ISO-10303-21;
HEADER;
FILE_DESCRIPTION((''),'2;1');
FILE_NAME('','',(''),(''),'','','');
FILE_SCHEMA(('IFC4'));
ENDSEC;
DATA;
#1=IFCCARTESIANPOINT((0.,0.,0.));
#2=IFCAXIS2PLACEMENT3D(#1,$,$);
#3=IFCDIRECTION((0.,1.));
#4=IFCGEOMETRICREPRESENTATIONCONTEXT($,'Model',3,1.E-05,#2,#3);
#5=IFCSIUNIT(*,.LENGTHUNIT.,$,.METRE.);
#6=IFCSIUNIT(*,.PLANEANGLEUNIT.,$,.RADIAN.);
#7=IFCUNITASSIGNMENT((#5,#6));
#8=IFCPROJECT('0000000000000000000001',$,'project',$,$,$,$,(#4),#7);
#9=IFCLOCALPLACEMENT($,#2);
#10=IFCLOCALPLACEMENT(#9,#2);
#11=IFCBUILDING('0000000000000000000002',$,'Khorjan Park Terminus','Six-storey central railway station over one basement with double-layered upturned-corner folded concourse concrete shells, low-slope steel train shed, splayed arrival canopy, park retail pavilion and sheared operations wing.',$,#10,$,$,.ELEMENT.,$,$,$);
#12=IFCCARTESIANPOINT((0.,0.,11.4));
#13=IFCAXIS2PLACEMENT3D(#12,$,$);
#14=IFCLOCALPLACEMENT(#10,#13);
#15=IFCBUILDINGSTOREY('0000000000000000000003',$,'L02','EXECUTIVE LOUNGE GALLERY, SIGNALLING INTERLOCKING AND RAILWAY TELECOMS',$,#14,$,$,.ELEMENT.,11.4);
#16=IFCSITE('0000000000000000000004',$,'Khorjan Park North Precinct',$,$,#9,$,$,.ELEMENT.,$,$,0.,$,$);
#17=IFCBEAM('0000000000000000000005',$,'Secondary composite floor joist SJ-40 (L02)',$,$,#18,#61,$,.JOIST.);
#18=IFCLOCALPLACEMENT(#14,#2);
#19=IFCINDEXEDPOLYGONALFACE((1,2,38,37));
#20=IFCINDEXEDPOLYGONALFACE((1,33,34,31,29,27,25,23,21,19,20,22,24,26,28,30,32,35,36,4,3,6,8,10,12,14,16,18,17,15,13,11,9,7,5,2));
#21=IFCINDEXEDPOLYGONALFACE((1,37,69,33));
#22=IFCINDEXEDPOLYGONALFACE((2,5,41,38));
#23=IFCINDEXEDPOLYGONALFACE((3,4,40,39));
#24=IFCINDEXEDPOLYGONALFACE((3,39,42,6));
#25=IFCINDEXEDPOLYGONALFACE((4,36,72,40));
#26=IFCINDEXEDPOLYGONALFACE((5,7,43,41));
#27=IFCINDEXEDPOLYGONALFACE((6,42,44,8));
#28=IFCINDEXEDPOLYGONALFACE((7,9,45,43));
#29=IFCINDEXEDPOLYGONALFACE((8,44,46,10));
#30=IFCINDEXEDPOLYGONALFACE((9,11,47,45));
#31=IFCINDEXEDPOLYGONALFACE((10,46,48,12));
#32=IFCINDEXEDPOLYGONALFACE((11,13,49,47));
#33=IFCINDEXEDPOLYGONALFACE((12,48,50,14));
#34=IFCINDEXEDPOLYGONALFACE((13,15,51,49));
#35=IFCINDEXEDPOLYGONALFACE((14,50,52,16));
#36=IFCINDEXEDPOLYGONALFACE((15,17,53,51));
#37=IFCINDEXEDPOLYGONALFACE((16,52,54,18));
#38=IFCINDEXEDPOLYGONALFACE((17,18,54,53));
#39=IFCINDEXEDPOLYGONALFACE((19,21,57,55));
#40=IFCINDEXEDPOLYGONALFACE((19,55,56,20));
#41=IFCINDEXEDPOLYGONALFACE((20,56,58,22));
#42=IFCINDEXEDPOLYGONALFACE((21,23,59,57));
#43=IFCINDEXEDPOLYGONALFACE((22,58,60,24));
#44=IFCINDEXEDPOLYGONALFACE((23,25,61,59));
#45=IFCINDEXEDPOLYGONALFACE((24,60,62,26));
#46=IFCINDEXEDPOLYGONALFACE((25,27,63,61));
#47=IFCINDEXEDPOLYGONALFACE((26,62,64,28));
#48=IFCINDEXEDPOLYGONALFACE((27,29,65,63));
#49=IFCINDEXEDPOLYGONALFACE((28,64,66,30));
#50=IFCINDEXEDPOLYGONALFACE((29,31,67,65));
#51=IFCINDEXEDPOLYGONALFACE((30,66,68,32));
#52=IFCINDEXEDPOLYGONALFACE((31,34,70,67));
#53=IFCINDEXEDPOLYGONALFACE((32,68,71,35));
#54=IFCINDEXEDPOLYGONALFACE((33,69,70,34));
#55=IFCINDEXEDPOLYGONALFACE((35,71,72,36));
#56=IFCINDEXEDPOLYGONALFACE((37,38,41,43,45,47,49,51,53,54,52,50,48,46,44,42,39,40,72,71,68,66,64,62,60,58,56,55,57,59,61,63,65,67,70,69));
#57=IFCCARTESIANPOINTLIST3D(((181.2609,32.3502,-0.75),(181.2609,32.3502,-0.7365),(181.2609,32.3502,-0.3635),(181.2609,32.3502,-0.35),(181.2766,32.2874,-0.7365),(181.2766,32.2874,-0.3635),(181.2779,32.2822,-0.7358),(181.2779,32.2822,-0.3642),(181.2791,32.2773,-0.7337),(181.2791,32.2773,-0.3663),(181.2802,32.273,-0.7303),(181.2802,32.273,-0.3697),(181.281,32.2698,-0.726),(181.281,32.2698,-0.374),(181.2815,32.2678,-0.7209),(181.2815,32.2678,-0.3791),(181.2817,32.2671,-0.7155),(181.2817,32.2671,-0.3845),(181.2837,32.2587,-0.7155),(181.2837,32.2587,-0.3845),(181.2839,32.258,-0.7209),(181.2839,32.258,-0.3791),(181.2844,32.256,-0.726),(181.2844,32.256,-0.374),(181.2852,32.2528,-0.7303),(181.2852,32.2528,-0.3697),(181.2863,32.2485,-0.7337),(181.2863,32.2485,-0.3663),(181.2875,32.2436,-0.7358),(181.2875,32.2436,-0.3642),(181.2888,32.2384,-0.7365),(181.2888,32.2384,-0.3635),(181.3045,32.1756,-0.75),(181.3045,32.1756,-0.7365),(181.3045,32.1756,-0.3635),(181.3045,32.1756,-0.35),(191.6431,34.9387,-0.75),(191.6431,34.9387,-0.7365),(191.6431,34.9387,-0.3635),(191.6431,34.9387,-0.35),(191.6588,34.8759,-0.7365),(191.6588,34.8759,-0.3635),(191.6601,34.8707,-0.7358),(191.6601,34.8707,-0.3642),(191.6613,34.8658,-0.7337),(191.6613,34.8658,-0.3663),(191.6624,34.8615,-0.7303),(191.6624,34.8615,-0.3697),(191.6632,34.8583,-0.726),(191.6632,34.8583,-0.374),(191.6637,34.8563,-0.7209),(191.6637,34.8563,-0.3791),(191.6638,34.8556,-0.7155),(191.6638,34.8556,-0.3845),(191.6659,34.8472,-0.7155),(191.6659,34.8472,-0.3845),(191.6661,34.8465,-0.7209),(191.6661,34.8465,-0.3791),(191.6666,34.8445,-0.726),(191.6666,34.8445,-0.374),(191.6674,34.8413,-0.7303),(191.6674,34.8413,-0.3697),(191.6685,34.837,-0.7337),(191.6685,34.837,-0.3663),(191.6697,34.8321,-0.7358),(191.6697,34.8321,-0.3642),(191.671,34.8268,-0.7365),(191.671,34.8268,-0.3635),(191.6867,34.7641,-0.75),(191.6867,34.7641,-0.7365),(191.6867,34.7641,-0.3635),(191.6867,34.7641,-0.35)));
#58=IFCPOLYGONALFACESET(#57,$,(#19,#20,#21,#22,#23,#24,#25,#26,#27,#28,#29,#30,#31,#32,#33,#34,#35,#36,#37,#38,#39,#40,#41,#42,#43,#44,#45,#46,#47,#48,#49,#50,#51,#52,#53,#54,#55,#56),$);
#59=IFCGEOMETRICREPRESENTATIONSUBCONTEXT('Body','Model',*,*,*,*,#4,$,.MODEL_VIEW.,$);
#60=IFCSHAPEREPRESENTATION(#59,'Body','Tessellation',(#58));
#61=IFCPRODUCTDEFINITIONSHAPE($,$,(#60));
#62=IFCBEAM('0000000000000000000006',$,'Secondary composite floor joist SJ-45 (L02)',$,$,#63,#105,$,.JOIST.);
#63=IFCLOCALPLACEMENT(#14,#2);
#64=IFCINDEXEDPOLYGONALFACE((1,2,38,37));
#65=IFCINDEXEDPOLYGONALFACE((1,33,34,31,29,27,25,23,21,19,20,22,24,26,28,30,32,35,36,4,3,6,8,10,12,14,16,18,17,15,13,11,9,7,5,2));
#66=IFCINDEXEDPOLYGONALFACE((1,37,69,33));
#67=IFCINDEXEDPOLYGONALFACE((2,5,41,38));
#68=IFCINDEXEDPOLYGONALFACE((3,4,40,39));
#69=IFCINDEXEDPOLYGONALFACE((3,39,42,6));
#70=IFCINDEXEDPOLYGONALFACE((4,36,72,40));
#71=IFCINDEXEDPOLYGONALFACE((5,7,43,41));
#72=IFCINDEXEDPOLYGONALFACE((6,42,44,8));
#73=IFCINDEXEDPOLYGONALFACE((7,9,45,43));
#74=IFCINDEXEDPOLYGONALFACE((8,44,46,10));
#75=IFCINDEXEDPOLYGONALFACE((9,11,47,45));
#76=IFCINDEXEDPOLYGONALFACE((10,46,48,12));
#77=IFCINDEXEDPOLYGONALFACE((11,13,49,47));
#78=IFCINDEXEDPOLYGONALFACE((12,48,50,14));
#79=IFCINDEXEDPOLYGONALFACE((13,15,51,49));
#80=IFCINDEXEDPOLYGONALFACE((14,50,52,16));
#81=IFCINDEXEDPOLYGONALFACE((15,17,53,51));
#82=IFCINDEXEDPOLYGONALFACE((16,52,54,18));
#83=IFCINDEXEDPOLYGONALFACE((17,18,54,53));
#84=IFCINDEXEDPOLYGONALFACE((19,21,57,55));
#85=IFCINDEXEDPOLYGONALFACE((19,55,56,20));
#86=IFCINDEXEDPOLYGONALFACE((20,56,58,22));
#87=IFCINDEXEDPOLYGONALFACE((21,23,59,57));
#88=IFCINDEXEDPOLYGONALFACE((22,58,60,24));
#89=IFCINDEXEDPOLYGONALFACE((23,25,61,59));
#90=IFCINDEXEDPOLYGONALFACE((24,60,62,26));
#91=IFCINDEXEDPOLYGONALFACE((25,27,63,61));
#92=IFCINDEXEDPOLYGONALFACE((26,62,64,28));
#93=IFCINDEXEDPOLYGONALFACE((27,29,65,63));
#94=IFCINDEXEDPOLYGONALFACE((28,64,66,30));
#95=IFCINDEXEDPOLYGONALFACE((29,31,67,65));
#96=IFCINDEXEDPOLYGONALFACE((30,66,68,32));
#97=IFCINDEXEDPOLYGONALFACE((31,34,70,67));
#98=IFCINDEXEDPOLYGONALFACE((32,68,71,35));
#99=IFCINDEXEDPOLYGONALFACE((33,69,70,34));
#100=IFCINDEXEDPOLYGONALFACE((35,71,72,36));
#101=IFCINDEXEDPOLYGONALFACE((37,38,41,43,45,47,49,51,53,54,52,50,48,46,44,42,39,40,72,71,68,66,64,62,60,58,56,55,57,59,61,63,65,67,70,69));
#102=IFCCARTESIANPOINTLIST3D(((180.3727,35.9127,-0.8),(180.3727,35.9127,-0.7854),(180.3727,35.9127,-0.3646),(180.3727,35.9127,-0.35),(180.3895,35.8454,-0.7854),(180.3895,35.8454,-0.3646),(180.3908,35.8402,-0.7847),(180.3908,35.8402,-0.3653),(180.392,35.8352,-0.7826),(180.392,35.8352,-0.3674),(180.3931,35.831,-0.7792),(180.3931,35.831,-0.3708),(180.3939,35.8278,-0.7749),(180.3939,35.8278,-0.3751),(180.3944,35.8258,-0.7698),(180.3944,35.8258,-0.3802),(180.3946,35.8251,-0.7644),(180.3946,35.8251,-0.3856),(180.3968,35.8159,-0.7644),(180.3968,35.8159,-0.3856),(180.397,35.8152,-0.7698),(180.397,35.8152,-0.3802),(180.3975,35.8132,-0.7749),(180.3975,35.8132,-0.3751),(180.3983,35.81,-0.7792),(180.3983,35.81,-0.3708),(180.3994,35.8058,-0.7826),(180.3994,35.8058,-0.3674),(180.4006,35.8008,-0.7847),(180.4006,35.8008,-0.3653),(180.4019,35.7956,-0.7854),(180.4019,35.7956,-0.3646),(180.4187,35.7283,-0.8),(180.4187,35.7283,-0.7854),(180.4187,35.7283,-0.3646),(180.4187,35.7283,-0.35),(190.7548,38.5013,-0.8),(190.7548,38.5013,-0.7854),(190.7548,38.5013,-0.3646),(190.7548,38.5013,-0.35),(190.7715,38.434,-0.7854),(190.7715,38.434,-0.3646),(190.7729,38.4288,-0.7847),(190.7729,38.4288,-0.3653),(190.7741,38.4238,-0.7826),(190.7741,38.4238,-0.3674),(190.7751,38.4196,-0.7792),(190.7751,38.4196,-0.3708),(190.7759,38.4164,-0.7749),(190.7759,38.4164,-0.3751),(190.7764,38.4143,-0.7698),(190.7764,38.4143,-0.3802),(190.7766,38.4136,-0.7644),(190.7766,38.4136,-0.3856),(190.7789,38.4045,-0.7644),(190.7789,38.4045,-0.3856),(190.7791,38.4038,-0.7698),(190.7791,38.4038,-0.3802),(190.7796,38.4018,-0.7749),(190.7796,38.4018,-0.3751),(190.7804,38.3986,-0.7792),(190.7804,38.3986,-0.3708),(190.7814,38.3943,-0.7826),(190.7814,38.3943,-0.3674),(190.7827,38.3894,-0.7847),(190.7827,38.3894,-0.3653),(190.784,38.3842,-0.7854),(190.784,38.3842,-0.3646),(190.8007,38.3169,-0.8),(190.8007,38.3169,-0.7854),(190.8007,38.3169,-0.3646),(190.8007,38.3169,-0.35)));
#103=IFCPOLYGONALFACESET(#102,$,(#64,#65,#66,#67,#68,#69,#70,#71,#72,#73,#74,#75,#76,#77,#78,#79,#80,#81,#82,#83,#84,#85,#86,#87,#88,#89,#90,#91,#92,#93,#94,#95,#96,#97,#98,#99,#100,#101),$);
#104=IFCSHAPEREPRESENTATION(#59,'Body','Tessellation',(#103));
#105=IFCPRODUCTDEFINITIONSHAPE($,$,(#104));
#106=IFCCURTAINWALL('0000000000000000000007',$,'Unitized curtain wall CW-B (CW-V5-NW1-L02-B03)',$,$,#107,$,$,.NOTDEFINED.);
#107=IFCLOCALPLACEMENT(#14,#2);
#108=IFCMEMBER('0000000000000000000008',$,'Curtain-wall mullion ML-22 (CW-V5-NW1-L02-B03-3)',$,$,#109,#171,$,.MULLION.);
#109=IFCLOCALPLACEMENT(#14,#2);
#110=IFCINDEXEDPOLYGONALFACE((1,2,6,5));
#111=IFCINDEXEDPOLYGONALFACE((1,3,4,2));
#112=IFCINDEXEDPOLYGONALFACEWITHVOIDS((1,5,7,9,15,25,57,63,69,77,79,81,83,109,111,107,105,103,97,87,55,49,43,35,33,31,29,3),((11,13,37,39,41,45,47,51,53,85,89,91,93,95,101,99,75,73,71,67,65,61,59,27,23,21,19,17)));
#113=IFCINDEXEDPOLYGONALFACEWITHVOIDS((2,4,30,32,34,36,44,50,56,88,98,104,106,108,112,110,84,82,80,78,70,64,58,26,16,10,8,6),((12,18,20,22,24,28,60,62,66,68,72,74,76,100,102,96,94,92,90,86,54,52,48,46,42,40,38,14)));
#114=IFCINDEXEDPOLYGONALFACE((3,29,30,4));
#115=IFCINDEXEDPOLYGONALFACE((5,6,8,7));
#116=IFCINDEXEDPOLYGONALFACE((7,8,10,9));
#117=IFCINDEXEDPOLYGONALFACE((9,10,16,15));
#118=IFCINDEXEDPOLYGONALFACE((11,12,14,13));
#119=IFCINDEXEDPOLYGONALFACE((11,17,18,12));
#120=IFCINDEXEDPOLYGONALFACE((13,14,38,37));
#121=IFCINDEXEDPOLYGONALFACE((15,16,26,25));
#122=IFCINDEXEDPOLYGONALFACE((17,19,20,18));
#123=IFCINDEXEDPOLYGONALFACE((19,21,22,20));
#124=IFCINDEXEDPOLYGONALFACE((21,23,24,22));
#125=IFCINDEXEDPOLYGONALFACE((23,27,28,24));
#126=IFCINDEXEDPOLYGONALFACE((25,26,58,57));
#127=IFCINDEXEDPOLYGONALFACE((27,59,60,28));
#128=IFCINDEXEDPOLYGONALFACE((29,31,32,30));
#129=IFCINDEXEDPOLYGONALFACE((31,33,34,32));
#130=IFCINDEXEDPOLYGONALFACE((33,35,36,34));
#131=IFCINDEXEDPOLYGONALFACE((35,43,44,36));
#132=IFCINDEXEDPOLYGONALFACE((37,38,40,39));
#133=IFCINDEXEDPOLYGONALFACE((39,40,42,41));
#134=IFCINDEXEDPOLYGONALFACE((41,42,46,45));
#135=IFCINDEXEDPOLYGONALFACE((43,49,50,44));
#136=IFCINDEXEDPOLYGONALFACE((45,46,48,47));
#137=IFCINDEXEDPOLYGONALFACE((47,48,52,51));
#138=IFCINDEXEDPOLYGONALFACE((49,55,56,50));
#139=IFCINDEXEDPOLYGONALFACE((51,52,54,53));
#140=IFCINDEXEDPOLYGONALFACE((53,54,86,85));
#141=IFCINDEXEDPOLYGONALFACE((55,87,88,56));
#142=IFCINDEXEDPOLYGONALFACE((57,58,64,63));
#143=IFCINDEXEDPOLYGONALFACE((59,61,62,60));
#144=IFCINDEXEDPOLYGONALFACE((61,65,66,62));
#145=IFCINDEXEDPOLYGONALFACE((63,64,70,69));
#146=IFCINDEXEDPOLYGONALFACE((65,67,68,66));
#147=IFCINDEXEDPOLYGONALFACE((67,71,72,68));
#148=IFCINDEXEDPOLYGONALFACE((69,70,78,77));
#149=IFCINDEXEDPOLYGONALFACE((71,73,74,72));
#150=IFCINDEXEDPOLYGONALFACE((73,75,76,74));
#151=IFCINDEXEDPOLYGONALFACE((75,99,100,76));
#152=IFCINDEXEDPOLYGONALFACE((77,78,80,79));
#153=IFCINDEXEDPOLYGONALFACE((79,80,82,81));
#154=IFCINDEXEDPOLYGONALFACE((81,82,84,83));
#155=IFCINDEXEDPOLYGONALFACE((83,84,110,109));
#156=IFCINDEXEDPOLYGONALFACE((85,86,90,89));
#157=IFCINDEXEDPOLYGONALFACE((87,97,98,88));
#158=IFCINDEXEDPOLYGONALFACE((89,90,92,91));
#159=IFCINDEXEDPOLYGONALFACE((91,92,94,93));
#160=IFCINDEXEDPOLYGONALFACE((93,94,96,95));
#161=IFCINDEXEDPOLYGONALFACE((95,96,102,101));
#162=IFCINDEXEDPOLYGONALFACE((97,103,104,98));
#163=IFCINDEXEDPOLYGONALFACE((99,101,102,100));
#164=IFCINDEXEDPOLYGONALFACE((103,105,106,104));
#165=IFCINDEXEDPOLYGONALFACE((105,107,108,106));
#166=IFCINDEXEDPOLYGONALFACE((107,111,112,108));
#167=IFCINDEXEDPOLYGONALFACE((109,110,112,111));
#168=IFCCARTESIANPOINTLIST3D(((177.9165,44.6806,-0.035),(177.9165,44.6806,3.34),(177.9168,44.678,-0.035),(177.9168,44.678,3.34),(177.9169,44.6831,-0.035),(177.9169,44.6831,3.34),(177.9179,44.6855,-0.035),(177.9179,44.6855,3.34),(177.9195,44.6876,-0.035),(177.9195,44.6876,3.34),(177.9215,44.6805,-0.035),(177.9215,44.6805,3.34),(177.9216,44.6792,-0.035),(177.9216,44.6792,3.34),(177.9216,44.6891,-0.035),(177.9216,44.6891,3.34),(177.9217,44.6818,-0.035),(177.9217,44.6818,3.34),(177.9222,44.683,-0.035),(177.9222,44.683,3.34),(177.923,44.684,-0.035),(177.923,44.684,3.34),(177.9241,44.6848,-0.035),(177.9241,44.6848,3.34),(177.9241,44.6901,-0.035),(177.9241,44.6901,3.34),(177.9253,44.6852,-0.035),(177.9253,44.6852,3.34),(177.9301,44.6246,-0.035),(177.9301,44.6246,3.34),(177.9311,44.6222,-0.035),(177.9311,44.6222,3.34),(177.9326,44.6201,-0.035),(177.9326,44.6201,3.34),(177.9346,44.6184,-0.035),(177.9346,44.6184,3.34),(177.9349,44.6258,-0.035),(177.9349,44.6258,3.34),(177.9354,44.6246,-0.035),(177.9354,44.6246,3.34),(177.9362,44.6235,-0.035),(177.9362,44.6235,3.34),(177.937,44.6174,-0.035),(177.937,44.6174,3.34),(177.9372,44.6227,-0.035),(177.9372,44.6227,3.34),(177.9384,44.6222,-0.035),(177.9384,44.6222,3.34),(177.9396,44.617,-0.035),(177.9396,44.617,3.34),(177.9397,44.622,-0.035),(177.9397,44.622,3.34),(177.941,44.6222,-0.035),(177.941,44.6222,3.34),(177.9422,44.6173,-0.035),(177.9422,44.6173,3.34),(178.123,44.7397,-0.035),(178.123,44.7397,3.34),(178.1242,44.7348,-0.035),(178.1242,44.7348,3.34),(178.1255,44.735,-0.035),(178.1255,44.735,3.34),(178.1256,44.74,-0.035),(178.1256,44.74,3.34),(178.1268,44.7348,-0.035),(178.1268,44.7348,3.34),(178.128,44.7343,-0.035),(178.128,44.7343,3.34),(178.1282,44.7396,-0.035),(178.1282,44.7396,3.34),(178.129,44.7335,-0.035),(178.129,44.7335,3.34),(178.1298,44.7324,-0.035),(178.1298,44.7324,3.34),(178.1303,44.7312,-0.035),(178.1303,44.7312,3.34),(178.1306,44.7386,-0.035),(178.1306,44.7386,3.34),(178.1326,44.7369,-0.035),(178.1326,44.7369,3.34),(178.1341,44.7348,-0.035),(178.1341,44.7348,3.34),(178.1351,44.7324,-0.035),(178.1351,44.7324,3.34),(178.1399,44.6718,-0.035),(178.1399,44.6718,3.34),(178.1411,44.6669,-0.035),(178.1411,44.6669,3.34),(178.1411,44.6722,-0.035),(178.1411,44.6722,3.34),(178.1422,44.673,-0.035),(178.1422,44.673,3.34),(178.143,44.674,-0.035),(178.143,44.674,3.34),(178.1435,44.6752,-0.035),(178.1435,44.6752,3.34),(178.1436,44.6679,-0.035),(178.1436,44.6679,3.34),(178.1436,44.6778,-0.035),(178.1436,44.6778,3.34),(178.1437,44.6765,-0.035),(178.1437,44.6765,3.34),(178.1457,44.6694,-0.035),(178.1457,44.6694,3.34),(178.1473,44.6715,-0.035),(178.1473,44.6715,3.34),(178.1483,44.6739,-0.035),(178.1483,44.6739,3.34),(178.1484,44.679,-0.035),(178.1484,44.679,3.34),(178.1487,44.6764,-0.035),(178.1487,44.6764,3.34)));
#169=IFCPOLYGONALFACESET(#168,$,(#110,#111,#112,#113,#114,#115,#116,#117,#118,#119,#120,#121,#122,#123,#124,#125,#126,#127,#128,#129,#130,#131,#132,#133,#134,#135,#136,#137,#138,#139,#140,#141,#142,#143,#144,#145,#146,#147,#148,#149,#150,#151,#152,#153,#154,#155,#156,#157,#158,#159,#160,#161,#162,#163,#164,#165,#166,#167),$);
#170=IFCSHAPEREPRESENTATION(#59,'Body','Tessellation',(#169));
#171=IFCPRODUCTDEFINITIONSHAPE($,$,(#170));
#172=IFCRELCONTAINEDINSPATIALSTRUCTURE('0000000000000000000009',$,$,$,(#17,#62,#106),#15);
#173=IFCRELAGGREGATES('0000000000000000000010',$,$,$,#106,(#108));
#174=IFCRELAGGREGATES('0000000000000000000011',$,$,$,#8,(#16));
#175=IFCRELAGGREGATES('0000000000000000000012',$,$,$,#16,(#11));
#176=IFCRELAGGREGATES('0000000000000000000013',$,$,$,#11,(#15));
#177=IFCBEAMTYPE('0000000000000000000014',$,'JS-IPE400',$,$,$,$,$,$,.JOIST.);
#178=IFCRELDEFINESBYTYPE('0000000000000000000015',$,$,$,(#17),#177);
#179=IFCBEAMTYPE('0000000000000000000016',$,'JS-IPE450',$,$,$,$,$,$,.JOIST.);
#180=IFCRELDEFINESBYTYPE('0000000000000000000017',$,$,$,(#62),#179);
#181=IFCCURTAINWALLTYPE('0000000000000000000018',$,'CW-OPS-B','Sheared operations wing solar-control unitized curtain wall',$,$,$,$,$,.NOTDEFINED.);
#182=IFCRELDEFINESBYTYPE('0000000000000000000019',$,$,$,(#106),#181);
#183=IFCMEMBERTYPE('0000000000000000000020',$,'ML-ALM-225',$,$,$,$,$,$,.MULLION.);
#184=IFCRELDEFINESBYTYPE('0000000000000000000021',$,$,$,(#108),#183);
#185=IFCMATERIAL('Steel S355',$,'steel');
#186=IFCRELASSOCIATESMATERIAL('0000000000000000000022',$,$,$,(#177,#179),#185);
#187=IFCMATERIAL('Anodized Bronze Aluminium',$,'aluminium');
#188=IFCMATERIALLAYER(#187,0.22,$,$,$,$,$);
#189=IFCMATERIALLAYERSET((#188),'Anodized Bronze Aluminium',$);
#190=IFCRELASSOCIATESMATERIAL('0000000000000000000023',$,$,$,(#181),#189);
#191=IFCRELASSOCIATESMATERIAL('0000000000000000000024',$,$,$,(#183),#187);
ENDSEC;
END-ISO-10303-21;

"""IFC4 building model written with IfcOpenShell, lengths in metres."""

from ifc_helpers import new_model, si_unit, direction, frame, origin, origin_2d, place, context, subcontext, project, spatial, hollow_rectangle, i_section, extrude, material, layer, layer_set, material_profile, profile_set, type_object, element, aggregate, save


model = new_model("IFC4")

# Units and contexts
model_context = context("Model", 3, precision=1e-05, world=origin(), true_north=direction((0.0, 1.0)))
body_context = subcontext(model_context, "Body", "Model", "MODEL_VIEW")
ifc_project = project(units=[si_unit("LENGTHUNIT", "METRE"), si_unit("PLANEANGLEUNIT", "RADIAN")], contexts=[model_context])

# Site, building, storey
site_placement = place(None, origin())
site = spatial("IfcSite", under=ifc_project, at=site_placement, Name="Khorjan Park North Precinct", CompositionType="ELEMENT", RefElevation=0.0)
building_placement = place(site_placement, origin())
building = spatial("IfcBuilding", under=site, at=building_placement, Name="Khorjan Park Terminus", Description="Six-storey central railway station over one basement with double-layered upturned-corner folded concourse concrete shells, low-slope steel train shed, splayed arrival canopy, park retail pavilion and sheared operations wing.", CompositionType="ELEMENT")
storey_placement = place(building_placement, frame((0.0, 0.0, 11.4)))
storey = spatial("IfcBuildingStorey", under=building, at=storey_placement, Name="L02", Description="EXECUTIVE LOUNGE GALLERY, SIGNALLING INTERLOCKING AND RAILWAY TELECOMS", CompositionType="ELEMENT", Elevation=11.4)

# Beams
ifc_material_1 = material(Name="Steel S355", Category="steel")
ifc_material_profile_1 = material_profile(ifc_material_1, i_section(OverallWidth=0.18, OverallDepth=0.4, WebThickness=0.0086, FlangeThickness=0.0135, FilletRadius=0.021, at=origin_2d()), Name="IPE 400")
ifc_profile_set_1 = profile_set([ifc_material_profile_1], Name="Steel S355")
beam_type_1 = type_object("IfcBeamType", Name="JS-IPE400", PredefinedType="JOIST", material=ifc_profile_set_1)
beam_1_placement = place(storey_placement, frame((181.2827, 32.2629, -0.55), z_axis=(0.970297, 0.241915, 0.0), x_axis=(-0.241915, 0.970297, 0.0)))
element("IfcBeam", 1, at=beam_1_placement, inside=storey, type_object=beam_type_1, Name="Secondary composite floor joist SJ-40 (L02)", PredefinedType="JOIST", context=body_context, shape_type="SweptSolid", body=[
    extrude(i_section(OverallWidth=0.18, OverallDepth=0.4, WebThickness=0.0086, FlangeThickness=0.0135, FilletRadius=0.021, at=origin_2d()), origin(), (0.0, 0.0, 1.0), 10.7),
])
ifc_material_profile_2 = material_profile(ifc_material_1, i_section(OverallWidth=0.19, OverallDepth=0.45, WebThickness=0.0094, FlangeThickness=0.0146, FilletRadius=0.021, at=origin_2d()), Name="IPE 450")
ifc_profile_set_2 = profile_set([ifc_material_profile_2], Name="Steel S355")
beam_type_2 = type_object("IfcBeamType", Name="JS-IPE450", PredefinedType="JOIST", material=ifc_profile_set_2)
beam_2_placement = place(storey_placement, frame((180.3957, 35.8205, -0.575), z_axis=(0.970295, 0.241926, 0.0), x_axis=(-0.241926, 0.970295, 0.0)))
element("IfcBeam", 2, at=beam_2_placement, inside=storey, type_object=beam_type_2, Name="Secondary composite floor joist SJ-45 (L02)", PredefinedType="JOIST", context=body_context, shape_type="SweptSolid", body=[
    extrude(i_section(OverallWidth=0.19, OverallDepth=0.45, WebThickness=0.0094, FlangeThickness=0.0146, FilletRadius=0.021, at=origin_2d()), origin(), (0.0, 0.0, 1.0), 10.6999),
])

# Curtain wall, member
ifc_material_2 = material(Name="Anodized Bronze Aluminium", Category="aluminium")
ifc_layer_1 = layer(ifc_material_2, 0.22)
ifc_layer_set_1 = layer_set([ifc_layer_1], Name="Anodized Bronze Aluminium")
curtain_wall_type = type_object("IfcCurtainWallType", Name="CW-OPS-B", Description="Sheared operations wing solar-control unitized curtain wall", PredefinedType="NOTDEFINED", material=ifc_layer_set_1)
curtain_wall_1_placement = place(storey_placement, origin())
curtain_wall_1 = element("IfcCurtainWall", 3, at=curtain_wall_1_placement, inside=storey, type_object=curtain_wall_type, Name="Unitized curtain wall CW-B (CW-V5-NW1-L02-B03)", PredefinedType="NOTDEFINED")
ifc_material_profile_3 = material_profile(ifc_material_2, hollow_rectangle(XDim=0.075, YDim=0.225, WallThickness=0.005, InnerFilletRadius=0.005, OuterFilletRadius=0.01, at=origin_2d()), Name="ALM 75x225x5")
ifc_profile_set_3 = profile_set([ifc_material_profile_3], Name="Anodized Bronze Aluminium")
member_type_1 = type_object("IfcMemberType", Name="ML-ALM-225", PredefinedType="MULLION", material=ifc_profile_set_3)
member_1_placement = place(storey_placement, frame((178.0326, 44.6785, -0.035), z_axis=(0.0, 0.0, 1.0), x_axis=(0.241921, -0.970296, 0.0)))
member_1 = element("IfcMember", 4, at=member_1_placement, type_object=member_type_1, Name="Curtain-wall mullion ML-22 (CW-V5-NW1-L02-B03-3)", PredefinedType="MULLION", context=body_context, shape_type="SweptSolid", body=[
    extrude(hollow_rectangle(XDim=0.075, YDim=0.225, WallThickness=0.005, InnerFilletRadius=0.005, OuterFilletRadius=0.01, at=origin_2d()), origin(), (0.0, 0.0, 1.0), 3.375),
])

aggregate(curtain_wall_1, [member_1])

save(model, "model.ifc")
